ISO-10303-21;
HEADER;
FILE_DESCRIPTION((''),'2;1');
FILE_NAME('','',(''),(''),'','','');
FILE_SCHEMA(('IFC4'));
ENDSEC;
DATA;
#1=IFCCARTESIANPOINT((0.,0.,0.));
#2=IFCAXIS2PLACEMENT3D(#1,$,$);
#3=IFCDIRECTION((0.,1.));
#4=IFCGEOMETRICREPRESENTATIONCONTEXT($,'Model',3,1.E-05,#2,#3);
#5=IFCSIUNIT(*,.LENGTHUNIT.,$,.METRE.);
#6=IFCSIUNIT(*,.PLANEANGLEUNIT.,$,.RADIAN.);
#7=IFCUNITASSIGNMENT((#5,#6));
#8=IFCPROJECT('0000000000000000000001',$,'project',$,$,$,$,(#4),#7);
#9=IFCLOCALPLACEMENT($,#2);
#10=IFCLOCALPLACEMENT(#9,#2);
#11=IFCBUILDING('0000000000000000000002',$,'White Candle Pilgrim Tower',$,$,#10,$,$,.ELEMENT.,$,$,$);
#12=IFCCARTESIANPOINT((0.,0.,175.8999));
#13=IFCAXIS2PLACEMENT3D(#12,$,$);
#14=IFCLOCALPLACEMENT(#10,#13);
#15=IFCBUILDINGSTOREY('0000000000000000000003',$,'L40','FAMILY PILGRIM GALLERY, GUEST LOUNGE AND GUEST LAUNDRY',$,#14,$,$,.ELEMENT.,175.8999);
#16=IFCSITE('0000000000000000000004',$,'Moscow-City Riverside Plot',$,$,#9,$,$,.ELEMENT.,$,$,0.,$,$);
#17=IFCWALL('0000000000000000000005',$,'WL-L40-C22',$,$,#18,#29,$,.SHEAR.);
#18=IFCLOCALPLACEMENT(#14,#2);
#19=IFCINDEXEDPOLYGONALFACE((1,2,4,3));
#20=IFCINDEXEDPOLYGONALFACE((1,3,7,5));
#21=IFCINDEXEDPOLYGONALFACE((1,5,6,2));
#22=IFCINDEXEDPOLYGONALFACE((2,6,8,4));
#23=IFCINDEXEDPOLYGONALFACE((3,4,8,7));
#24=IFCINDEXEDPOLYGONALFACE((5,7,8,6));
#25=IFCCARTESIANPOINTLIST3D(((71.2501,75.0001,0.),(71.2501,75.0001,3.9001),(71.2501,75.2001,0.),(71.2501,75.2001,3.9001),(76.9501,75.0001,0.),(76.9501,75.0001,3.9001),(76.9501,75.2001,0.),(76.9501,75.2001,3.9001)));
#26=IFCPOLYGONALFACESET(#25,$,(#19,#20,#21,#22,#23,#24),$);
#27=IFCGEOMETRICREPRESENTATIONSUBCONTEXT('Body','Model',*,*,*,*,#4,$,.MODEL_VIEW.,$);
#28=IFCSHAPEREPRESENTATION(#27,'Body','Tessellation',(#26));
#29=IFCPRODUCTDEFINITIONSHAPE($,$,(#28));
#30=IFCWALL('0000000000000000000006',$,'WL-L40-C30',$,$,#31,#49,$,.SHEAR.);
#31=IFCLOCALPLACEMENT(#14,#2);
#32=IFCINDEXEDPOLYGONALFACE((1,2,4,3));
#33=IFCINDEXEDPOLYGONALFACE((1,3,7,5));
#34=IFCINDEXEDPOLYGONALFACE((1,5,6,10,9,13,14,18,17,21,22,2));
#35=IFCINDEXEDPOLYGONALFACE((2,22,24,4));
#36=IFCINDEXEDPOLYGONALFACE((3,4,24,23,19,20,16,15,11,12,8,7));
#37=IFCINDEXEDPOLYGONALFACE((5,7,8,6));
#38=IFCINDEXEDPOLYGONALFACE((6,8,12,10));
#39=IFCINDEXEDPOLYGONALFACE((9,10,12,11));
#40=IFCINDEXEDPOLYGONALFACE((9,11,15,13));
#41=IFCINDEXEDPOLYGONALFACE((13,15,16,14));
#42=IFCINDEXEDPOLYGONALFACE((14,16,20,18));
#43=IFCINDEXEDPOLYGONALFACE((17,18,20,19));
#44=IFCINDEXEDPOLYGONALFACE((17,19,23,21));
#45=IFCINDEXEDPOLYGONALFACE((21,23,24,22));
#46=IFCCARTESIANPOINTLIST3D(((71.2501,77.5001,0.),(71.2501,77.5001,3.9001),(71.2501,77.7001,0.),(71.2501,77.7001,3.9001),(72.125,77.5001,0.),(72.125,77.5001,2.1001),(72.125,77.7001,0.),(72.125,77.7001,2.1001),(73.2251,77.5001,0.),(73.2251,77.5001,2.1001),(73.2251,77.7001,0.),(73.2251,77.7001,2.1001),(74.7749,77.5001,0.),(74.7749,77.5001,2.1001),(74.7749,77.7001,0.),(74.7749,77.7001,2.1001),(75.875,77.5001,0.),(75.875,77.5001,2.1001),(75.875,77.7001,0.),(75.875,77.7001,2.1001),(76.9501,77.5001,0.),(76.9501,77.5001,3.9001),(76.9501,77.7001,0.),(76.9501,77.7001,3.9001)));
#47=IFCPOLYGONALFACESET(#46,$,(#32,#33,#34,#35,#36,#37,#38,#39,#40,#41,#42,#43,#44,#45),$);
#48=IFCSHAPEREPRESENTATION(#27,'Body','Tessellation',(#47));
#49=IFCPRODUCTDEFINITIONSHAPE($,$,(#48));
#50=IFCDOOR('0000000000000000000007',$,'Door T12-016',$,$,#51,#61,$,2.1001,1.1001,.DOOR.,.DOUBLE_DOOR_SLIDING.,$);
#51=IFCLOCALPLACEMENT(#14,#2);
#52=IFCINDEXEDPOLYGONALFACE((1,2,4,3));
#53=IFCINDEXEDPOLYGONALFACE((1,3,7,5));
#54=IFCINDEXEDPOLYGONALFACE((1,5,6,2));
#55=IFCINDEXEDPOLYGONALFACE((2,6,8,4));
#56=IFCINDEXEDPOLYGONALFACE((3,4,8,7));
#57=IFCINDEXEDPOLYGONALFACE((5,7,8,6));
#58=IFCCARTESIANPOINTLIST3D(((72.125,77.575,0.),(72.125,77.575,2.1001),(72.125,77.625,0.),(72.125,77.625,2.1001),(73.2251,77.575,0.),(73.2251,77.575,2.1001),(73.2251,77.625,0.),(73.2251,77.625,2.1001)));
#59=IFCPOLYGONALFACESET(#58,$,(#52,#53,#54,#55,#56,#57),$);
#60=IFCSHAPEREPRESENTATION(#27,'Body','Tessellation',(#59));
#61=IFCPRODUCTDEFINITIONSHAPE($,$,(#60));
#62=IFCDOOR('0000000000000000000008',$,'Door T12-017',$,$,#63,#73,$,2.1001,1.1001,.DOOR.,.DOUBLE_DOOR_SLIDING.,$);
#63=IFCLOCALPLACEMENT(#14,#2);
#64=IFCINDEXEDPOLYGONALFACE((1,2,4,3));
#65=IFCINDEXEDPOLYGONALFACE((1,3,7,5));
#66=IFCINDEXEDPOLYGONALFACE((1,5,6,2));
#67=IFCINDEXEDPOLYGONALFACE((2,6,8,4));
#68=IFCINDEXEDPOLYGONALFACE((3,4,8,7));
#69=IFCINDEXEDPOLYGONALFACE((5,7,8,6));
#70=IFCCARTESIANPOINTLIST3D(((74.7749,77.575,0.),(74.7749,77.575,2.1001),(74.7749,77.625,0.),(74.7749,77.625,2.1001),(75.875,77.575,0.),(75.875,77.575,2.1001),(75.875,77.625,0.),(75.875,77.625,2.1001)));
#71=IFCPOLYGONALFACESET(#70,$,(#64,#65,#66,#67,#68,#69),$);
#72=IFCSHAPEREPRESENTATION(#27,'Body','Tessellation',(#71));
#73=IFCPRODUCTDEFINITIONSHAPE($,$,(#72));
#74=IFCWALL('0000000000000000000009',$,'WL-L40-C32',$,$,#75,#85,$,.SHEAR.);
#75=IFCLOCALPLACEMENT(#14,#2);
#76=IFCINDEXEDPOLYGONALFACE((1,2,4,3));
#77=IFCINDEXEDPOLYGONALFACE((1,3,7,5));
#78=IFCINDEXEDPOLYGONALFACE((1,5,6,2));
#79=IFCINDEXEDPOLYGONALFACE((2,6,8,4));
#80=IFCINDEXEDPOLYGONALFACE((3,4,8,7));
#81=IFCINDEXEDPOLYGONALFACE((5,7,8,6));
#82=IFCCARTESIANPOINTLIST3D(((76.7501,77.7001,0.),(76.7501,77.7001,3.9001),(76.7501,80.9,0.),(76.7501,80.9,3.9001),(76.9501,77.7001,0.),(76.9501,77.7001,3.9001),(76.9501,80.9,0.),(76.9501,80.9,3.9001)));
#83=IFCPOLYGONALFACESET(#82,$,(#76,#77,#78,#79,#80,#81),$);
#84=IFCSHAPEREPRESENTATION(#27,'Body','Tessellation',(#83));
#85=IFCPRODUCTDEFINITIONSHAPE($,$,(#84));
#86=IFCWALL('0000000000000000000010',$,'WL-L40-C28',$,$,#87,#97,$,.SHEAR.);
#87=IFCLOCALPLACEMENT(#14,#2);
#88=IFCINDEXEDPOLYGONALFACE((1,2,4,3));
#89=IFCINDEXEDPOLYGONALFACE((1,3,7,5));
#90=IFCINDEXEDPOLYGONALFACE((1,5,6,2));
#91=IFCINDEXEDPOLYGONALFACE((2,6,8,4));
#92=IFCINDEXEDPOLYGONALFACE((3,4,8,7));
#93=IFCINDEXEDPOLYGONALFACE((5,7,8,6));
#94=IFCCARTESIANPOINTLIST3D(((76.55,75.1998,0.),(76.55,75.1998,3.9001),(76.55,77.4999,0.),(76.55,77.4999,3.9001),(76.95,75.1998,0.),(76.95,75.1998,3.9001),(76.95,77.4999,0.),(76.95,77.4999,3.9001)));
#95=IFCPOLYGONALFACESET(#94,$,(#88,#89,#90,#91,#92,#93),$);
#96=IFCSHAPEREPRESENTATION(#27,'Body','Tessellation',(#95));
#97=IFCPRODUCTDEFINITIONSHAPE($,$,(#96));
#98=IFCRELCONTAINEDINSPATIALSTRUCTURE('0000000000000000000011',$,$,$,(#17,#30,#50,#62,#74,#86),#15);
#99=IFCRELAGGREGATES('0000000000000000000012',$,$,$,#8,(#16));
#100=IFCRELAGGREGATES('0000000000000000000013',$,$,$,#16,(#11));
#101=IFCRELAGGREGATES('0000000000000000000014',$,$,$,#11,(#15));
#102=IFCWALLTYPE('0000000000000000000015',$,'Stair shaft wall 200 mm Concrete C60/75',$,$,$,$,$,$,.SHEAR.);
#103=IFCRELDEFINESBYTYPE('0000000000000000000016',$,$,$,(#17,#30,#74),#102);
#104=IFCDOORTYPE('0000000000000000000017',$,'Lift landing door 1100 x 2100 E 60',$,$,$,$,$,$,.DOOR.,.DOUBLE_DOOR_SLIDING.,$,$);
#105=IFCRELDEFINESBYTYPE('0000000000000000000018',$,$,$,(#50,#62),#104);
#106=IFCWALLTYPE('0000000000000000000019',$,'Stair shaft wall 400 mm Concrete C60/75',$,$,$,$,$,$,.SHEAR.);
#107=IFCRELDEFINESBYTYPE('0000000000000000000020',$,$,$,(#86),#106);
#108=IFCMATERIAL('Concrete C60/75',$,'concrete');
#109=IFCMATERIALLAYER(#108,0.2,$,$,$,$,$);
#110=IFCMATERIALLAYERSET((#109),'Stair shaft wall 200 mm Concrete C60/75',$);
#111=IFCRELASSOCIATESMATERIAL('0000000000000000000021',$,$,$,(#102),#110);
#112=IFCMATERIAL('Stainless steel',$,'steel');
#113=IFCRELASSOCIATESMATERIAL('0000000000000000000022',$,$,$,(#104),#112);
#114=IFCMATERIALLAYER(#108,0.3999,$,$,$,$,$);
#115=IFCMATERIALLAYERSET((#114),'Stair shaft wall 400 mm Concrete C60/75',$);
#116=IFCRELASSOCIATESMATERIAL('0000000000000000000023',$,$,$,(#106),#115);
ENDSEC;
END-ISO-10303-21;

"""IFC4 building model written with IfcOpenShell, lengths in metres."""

from ifc_helpers import new_model, si_unit, direction, frame, frame_2d, origin, place, context, subcontext, project, spatial, rectangle, extrude, material, layer, layer_set, type_object, element, fill, save


model = new_model("IFC4")

# Units and contexts
model_context = context("Model", 3, precision=1e-05, world=origin(), true_north=direction((0.0, 1.0)))
body_context = subcontext(model_context, "Body", "Model", "MODEL_VIEW")
ifc_project = project(units=[si_unit("LENGTHUNIT", "METRE"), si_unit("PLANEANGLEUNIT", "RADIAN")], contexts=[model_context])

# Site, building, storey
site_placement = place(None, origin())
site = spatial("IfcSite", under=ifc_project, at=site_placement, Name="Moscow-City Riverside Plot", CompositionType="ELEMENT", RefElevation=0.0)
building_placement = place(site_placement, origin())
building = spatial("IfcBuilding", under=site, at=building_placement, Name="White Candle Pilgrim Tower", CompositionType="ELEMENT")
storey_placement = place(building_placement, frame((0.0, 0.0, 175.8999)))
storey = spatial("IfcBuildingStorey", under=building, at=storey_placement, Name="L40", Description="FAMILY PILGRIM GALLERY, GUEST LOUNGE AND GUEST LAUNDRY", CompositionType="ELEMENT", Elevation=175.8999)

# Wall
ifc_material_1 = material(Name="Concrete C60/75", Category="concrete")
ifc_layer_1 = layer(ifc_material_1, 0.2)
ifc_layer_set_1 = layer_set([ifc_layer_1], Name="Stair shaft wall 200 mm Concrete C60/75")
wall_type_1 = type_object("IfcWallType", Name="Stair shaft wall 200 mm Concrete C60/75", PredefinedType="SHEAR", material=ifc_layer_set_1)
wall_1_placement = place(storey_placement, frame((71.25, 75.1001, 0.0), z_axis=(0.0, 0.0, 1.0), x_axis=(1.0, 0.0, 0.0)))
element("IfcWall", 1, at=wall_1_placement, inside=storey, type_object=wall_type_1, Name="WL-L40-C22", PredefinedType="SHEAR", context=body_context, shape_type="SweptSolid", body=[
    extrude(rectangle(XDim=5.7, YDim=0.2, at=frame_2d((2.8501, 0.0))), origin(), (0.0, 0.0, 1.0), 3.9001),
])

# Wall, openings, doors
wall_2_placement = place(storey_placement, frame((71.25, 77.6001, 0.0), z_axis=(0.0, 0.0, 1.0), x_axis=(1.0, 0.0, 0.0)))
wall_2 = element("IfcWall", 2, at=wall_2_placement, inside=storey, type_object=wall_type_1, Name="WL-L40-C30", PredefinedType="SHEAR", context=body_context, shape_type="SweptSolid", body=[
    extrude(rectangle(XDim=5.7, YDim=0.2, at=frame_2d((2.8501, 0.0))), origin(), (0.0, 0.0, 1.0), 3.9001),
])
opening_1_placement = place(wall_2_placement, frame((0.875, 0.0, 0.0)))
opening_1 = element("IfcOpeningElement", 3, at=opening_1_placement, cuts=wall_2, PredefinedType="OPENING", context=body_context, shape_type="SweptSolid", body=[
    extrude(rectangle(XDim=1.1001, YDim=2.1001, at=frame_2d((0.55, 1.05))), frame((0.0, 0.1099, 0.0), z_axis=(0.0, -1.0, 0.0), x_axis=(1.0, 0.0, 0.0)), (0.0, 0.0, 1.0), 0.22),
])
opening_2_placement = place(wall_2_placement, frame((3.5249, 0.0, 0.0)))
opening_2 = element("IfcOpeningElement", 4, at=opening_2_placement, cuts=wall_2, PredefinedType="OPENING", context=body_context, shape_type="SweptSolid", body=[
    extrude(rectangle(XDim=1.1001, YDim=2.1001, at=frame_2d((0.55, 1.05))), frame((0.0, 0.1099, 0.0), z_axis=(0.0, -1.0, 0.0), x_axis=(1.0, 0.0, 0.0)), (0.0, 0.0, 1.0), 0.22),
])
ifc_material_2 = material(Name="Stainless steel", Category="steel")
door_type_1 = type_object("IfcDoorType", Name="Lift landing door 1100 x 2100 E 60", OperationType="DOUBLE_DOOR_SLIDING", PredefinedType="DOOR", material=ifc_material_2)
door_1_placement = place(opening_1_placement, origin())
door_1 = element("IfcDoor", 5, at=door_1_placement, inside=storey, type_object=door_type_1, Name="Door T12-016", OperationType="DOUBLE_DOOR_SLIDING", OverallHeight=2.1001, OverallWidth=1.1001, PredefinedType="DOOR", context=body_context, shape_type="SweptSolid", body=[
    extrude(rectangle(XDim=1.1001, YDim=2.1001, at=frame_2d((0.55, 1.05))), frame((0.0, 0.0249, 0.0), z_axis=(0.0, -1.0, 0.0), x_axis=(1.0, 0.0, 0.0)), (0.0, 0.0, 1.0), 0.05),
])
fill(opening_1, door_1)
door_2_placement = place(opening_2_placement, origin())
door_2 = element("IfcDoor", 6, at=door_2_placement, inside=storey, type_object=door_type_1, Name="Door T12-017", OperationType="DOUBLE_DOOR_SLIDING", OverallHeight=2.1001, OverallWidth=1.1001, PredefinedType="DOOR", context=body_context, shape_type="SweptSolid", body=[
    extrude(rectangle(XDim=1.1001, YDim=2.1001, at=frame_2d((0.55, 1.05))), frame((0.0, 0.0249, 0.0), z_axis=(0.0, -1.0, 0.0), x_axis=(1.0, 0.0, 0.0)), (0.0, 0.0, 1.0), 0.05),
])
fill(opening_2, door_2)

# Walls
wall_3_placement = place(storey_placement, frame((76.8501, 77.7, 0.0), z_axis=(0.0, 0.0, 1.0), x_axis=(0.0, 1.0, 0.0)))
element("IfcWall", 7, at=wall_3_placement, inside=storey, type_object=wall_type_1, Name="WL-L40-C32", PredefinedType="SHEAR", context=body_context, shape_type="SweptSolid", body=[
    extrude(rectangle(XDim=3.2, YDim=0.2, at=frame_2d((1.6001, 0.0))), origin(), (0.0, 0.0, 1.0), 3.9001),
])
ifc_layer_2 = layer(ifc_material_1, 0.3999)
ifc_layer_set_2 = layer_set([ifc_layer_2], Name="Stair shaft wall 400 mm Concrete C60/75")
wall_type_2 = type_object("IfcWallType", Name="Stair shaft wall 400 mm Concrete C60/75", PredefinedType="SHEAR", material=ifc_layer_set_2)
wall_4_placement = place(storey_placement, frame((76.75, 75.2, 0.0), z_axis=(0.0, 0.0, 1.0), x_axis=(0.0, 1.0, 0.0)))
element("IfcWall", 8, at=wall_4_placement, inside=storey, type_object=wall_type_2, Name="WL-L40-C28", PredefinedType="SHEAR", context=body_context, shape_type="SweptSolid", body=[
    extrude(rectangle(XDim=2.3, YDim=0.3999, at=frame_2d((1.1499, 0.0))), origin(), (0.0, 0.0, 1.0), 3.9001),
])

save(model, "model.ifc")
